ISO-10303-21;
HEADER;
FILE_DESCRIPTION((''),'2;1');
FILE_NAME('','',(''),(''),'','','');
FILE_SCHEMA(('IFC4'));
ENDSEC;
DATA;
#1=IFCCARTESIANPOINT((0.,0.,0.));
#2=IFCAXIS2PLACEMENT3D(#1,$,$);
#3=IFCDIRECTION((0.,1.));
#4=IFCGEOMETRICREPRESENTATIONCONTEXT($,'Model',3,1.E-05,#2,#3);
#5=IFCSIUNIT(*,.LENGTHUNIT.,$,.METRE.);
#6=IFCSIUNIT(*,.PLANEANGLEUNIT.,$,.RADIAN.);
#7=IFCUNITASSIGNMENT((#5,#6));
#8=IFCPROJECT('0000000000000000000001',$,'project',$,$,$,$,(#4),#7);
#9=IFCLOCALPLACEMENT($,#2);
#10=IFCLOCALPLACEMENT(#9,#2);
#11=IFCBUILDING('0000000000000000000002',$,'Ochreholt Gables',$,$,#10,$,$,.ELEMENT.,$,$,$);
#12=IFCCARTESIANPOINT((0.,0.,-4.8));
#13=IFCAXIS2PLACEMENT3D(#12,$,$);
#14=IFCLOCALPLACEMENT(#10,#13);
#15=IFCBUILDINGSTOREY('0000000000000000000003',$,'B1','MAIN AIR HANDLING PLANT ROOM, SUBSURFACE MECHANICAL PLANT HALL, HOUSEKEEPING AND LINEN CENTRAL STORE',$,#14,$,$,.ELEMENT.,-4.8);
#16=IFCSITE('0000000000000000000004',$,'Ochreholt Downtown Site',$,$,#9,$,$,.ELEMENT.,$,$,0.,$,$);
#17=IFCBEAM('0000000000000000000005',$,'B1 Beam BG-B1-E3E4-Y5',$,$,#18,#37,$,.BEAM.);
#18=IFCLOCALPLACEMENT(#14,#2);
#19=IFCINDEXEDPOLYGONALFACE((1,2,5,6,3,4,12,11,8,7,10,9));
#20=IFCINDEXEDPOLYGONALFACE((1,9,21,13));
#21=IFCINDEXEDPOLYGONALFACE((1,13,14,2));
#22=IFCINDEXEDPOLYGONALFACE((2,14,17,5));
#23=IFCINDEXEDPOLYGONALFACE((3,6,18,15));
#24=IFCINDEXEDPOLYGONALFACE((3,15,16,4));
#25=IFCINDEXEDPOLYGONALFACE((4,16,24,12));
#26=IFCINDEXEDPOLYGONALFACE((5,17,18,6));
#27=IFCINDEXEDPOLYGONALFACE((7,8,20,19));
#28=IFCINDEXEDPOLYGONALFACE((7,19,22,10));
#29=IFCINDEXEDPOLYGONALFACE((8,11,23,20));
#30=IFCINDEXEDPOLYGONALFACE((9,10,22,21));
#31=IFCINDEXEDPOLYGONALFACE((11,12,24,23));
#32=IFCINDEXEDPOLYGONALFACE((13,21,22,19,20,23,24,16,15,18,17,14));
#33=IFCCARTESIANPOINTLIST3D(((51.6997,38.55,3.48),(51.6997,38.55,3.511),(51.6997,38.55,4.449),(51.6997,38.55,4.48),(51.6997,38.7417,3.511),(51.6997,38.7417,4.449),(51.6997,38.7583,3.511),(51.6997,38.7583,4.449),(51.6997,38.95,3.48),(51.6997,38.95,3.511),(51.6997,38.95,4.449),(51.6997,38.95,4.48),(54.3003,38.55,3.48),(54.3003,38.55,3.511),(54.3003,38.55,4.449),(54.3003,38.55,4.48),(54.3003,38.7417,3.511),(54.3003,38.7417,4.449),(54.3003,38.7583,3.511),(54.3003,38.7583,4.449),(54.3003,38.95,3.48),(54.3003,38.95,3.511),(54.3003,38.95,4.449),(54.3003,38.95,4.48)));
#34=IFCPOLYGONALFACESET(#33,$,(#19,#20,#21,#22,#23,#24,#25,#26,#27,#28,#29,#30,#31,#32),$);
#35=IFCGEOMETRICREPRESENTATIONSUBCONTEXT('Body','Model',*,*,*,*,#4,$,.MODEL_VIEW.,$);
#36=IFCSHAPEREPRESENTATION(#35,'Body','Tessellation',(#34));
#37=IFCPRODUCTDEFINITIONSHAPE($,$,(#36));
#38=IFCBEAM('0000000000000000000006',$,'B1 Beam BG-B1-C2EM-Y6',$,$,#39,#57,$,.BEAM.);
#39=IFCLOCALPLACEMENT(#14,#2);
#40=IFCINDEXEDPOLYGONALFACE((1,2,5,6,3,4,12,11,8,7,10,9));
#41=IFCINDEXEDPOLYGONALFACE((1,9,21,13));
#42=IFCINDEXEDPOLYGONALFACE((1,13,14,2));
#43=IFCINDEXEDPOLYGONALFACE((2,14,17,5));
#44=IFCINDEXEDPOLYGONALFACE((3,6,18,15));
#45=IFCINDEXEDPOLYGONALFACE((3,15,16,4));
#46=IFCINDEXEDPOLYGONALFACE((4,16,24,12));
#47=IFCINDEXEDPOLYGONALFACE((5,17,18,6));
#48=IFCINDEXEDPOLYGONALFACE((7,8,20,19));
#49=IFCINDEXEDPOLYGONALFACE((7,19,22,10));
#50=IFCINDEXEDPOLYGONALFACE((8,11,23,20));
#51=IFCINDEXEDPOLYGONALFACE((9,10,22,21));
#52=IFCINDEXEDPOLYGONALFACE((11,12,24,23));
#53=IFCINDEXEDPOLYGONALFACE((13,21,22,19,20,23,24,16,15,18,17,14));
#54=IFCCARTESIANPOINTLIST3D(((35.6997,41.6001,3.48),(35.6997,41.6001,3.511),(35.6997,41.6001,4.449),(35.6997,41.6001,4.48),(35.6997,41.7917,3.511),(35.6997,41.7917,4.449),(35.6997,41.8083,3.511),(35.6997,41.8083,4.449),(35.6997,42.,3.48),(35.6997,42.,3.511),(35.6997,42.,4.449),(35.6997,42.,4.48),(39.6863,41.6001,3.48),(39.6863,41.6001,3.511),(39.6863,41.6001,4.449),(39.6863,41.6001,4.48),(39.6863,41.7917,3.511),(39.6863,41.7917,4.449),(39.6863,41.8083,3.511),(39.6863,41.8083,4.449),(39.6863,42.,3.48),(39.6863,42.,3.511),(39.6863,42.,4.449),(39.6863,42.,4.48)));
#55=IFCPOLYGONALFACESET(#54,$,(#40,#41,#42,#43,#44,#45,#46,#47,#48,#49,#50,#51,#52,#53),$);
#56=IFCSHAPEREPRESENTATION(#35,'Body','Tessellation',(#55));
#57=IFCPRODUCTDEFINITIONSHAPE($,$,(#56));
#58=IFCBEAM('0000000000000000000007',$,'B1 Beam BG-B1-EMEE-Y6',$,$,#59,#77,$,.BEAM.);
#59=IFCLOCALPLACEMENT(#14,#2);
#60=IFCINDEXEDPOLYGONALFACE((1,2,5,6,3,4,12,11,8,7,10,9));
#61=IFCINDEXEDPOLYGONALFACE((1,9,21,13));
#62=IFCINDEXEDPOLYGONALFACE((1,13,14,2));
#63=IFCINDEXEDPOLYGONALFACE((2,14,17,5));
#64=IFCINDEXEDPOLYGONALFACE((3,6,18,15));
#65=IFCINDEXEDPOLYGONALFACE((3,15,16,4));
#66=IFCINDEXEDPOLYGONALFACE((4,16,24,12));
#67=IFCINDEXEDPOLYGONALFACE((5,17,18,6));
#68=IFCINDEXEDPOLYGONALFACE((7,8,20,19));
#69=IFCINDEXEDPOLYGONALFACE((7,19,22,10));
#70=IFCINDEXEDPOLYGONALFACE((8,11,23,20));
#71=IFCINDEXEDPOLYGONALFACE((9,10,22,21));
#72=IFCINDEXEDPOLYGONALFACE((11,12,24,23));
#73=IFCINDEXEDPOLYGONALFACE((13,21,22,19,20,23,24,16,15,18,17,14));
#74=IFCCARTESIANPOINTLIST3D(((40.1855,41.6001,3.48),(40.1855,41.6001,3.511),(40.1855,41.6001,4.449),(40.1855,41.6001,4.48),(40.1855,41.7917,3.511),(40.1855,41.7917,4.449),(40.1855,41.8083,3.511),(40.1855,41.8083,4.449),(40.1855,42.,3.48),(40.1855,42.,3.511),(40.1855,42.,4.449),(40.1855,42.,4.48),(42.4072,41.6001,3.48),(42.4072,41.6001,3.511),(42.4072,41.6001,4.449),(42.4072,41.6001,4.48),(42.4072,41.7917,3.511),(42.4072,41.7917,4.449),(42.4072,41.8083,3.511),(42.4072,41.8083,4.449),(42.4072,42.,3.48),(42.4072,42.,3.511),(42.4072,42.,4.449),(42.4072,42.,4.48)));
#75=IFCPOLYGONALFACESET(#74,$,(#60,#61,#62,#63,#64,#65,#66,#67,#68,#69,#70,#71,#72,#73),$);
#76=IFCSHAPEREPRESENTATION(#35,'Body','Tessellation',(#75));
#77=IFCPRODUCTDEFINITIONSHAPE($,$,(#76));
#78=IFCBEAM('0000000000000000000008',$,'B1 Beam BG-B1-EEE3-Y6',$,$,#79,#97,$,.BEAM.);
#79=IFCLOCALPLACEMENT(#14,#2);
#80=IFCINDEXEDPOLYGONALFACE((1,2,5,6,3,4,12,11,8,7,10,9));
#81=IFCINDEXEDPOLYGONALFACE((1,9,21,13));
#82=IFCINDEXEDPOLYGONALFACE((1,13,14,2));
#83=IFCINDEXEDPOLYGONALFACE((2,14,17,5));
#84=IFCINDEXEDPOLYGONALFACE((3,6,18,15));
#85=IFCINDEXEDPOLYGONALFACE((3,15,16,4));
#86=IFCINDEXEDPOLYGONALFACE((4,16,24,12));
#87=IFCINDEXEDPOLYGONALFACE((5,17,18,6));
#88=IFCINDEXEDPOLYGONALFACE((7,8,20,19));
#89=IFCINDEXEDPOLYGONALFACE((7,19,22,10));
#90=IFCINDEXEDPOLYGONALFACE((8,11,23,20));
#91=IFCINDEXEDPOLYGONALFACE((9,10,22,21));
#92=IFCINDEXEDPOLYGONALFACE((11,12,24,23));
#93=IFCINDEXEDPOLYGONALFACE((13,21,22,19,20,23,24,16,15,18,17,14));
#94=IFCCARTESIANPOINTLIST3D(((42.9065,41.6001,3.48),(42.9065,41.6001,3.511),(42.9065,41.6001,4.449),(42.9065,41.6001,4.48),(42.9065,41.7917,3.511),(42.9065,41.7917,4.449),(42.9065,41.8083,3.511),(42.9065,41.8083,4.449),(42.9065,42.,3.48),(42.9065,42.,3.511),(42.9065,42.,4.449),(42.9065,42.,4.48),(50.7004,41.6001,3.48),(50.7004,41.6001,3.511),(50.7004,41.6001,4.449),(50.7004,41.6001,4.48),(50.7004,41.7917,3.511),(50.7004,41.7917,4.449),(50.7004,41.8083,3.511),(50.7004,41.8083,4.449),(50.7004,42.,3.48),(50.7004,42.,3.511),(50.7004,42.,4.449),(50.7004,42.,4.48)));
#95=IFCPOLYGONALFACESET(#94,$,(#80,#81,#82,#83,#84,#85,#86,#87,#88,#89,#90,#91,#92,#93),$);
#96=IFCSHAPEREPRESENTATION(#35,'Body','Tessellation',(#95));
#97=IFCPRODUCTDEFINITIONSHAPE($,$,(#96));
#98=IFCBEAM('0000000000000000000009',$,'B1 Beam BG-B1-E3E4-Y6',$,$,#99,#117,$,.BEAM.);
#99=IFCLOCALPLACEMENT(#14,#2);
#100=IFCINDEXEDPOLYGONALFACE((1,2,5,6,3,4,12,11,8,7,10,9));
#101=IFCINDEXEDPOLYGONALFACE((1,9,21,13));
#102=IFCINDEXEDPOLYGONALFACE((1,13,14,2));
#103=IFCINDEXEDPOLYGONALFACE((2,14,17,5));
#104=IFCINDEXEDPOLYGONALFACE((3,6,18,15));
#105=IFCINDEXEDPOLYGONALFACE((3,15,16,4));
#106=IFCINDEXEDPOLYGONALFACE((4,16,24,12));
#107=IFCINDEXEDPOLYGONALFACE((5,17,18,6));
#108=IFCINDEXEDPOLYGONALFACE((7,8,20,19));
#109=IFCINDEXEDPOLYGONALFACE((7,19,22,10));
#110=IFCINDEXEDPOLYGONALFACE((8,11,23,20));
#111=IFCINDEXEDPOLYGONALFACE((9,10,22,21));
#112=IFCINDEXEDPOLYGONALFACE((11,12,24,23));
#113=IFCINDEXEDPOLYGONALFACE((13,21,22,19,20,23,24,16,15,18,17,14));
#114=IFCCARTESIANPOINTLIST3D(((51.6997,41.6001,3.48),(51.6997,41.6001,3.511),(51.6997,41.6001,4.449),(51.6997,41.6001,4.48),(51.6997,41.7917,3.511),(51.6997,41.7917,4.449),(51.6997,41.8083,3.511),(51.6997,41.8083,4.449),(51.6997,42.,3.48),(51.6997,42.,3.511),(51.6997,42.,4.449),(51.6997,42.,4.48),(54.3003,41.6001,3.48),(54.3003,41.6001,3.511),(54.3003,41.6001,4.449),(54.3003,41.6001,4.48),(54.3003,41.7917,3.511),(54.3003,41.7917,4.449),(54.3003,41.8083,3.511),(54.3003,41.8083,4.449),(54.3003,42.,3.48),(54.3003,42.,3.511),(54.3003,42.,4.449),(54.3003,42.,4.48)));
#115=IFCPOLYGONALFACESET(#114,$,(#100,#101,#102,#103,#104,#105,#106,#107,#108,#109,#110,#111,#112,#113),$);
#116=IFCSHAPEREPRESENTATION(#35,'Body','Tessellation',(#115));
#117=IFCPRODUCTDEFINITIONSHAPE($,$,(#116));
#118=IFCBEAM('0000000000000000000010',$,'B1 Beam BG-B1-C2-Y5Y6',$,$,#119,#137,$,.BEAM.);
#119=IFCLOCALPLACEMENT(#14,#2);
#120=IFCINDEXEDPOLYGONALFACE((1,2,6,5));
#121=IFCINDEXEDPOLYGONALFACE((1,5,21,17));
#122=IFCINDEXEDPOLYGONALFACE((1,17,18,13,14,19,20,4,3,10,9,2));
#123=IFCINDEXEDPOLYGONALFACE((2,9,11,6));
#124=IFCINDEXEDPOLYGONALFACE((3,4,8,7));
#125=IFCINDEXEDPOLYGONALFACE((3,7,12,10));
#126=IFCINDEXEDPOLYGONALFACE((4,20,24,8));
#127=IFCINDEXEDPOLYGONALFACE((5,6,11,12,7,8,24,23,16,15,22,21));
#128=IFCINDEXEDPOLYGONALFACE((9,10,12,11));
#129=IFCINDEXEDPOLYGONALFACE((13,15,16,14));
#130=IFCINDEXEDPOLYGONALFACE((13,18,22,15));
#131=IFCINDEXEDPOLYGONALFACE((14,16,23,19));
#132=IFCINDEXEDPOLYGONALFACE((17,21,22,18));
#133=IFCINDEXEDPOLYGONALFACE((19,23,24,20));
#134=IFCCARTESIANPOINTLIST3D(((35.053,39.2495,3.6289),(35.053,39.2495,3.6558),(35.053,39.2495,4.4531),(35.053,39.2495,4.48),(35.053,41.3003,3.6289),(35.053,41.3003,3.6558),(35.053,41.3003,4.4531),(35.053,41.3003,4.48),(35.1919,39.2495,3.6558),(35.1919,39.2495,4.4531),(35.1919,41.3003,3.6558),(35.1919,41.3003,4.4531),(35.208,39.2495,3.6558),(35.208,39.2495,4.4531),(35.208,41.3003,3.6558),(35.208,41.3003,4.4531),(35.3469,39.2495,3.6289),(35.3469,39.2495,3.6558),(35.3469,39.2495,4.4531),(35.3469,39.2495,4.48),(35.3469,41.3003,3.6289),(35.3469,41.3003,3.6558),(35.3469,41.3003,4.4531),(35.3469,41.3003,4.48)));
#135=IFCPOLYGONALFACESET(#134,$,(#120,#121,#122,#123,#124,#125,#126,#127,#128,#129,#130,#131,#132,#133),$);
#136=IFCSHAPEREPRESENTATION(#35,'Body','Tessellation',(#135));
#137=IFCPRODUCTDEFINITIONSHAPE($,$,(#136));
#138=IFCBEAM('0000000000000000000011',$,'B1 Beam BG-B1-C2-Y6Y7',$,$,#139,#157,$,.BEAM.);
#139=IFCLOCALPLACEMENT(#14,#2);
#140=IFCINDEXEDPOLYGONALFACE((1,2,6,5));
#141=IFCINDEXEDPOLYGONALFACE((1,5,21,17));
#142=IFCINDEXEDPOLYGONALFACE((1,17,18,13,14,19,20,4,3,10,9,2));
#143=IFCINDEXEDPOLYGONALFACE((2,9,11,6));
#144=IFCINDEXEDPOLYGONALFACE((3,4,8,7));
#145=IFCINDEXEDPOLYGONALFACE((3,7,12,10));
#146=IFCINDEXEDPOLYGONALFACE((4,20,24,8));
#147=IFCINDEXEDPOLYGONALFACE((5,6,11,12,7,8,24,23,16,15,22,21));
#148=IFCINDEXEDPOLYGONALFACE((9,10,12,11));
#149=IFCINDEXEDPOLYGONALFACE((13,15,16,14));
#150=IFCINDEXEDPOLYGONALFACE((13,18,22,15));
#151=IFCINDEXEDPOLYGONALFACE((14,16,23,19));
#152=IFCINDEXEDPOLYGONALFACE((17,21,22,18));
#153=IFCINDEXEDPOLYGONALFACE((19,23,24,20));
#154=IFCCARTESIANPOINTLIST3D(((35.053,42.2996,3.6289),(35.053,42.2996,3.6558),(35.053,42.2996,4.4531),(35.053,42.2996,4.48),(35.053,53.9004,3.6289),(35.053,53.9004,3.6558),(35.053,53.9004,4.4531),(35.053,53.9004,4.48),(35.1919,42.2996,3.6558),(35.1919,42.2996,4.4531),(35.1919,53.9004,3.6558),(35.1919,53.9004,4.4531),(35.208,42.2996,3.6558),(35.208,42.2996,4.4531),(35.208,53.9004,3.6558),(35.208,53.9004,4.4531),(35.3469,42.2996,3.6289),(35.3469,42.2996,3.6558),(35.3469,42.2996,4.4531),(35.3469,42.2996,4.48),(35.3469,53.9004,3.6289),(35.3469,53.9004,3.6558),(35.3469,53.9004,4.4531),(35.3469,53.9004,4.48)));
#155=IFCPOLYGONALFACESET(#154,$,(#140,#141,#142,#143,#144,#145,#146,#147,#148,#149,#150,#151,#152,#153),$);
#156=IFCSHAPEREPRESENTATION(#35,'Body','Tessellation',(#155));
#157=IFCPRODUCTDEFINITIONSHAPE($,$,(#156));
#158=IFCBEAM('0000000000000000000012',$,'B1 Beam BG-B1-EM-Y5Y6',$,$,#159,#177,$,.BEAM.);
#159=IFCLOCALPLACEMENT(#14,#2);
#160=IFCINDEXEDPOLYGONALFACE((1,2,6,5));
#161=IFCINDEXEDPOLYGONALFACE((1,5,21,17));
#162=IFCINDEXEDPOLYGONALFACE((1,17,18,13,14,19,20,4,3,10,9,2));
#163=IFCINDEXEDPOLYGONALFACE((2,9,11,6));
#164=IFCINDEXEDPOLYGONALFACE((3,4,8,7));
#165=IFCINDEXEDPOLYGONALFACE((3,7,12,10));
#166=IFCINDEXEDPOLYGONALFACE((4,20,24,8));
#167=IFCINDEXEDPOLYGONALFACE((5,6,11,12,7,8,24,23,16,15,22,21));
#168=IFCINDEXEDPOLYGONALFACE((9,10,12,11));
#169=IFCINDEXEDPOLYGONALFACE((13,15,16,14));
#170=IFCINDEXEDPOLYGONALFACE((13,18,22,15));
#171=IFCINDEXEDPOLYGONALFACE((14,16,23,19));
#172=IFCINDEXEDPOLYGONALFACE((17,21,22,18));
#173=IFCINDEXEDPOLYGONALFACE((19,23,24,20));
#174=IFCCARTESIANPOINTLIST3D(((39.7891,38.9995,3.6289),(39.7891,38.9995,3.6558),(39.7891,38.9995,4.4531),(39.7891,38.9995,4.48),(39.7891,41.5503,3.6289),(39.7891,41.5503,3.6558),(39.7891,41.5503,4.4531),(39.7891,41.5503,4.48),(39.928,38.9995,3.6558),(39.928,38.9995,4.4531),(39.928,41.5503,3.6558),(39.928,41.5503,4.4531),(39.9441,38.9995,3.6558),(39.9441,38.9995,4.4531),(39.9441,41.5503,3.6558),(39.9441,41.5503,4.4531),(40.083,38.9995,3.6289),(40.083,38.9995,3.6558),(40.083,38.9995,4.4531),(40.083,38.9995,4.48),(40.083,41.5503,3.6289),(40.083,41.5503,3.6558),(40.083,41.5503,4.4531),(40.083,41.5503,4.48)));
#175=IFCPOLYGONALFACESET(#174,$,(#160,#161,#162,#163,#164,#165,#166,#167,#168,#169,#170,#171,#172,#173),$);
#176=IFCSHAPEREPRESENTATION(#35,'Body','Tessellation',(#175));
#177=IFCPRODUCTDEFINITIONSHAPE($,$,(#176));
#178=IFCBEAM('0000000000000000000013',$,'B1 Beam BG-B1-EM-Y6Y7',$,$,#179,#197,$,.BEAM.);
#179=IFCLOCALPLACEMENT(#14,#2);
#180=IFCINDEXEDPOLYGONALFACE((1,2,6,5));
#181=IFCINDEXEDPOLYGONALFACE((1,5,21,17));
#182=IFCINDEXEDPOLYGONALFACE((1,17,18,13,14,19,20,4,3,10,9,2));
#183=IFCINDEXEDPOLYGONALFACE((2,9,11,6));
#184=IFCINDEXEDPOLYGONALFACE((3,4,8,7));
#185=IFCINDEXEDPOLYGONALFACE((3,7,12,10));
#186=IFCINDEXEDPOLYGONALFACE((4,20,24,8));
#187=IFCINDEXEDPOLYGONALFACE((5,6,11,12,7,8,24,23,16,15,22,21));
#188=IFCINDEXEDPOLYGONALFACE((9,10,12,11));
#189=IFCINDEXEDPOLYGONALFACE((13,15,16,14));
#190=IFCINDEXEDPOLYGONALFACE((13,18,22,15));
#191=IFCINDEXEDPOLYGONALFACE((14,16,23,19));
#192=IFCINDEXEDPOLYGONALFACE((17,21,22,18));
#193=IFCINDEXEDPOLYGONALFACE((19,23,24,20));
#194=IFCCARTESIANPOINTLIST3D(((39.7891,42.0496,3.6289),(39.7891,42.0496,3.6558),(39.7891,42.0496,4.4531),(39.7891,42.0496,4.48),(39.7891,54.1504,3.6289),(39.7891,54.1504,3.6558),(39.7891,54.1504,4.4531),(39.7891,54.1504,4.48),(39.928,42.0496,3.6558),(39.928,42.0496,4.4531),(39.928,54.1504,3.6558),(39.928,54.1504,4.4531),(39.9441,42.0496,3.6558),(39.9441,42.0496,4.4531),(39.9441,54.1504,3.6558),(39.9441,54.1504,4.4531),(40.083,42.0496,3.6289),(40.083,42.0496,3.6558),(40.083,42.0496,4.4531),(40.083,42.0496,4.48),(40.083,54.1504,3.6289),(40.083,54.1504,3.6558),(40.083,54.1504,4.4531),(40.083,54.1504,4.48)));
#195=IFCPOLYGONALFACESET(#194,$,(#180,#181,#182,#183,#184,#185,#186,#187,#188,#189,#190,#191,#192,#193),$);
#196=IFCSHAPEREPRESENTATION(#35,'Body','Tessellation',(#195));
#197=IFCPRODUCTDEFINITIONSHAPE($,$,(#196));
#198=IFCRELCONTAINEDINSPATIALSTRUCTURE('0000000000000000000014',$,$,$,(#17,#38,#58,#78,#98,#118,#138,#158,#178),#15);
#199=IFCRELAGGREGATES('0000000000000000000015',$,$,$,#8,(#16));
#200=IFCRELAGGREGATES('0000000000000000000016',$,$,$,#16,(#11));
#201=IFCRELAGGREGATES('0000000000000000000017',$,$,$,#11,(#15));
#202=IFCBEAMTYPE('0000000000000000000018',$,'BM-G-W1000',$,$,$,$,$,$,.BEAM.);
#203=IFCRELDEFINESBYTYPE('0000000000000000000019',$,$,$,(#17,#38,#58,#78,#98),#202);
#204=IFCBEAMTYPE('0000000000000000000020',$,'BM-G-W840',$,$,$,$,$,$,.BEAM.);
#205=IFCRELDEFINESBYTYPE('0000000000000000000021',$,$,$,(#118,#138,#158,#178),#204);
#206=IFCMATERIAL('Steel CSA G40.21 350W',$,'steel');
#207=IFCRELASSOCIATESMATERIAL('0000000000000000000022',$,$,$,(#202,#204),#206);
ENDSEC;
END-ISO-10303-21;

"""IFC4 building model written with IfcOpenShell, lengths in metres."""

from ifc_helpers import new_model, si_unit, direction, frame, origin, origin_2d, place, context, subcontext, project, spatial, i_section, extrude, material, material_profile, profile_set, type_object, element, save


model = new_model("IFC4")

# Units and contexts
model_context = context("Model", 3, precision=1e-05, world=origin(), true_north=direction((0.0, 1.0)))
body_context = subcontext(model_context, "Body", "Model", "MODEL_VIEW")
ifc_project = project(units=[si_unit("LENGTHUNIT", "METRE"), si_unit("PLANEANGLEUNIT", "RADIAN")], contexts=[model_context])

# Site, building, storey
site_placement = place(None, origin())
site = spatial("IfcSite", under=ifc_project, at=site_placement, Name="Ochreholt Downtown Site", CompositionType="ELEMENT", RefElevation=0.0)
building_placement = place(site_placement, origin())
building = spatial("IfcBuilding", under=site, at=building_placement, Name="Ochreholt Gables", CompositionType="ELEMENT")
storey_placement = place(building_placement, frame((0.0, 0.0, -4.8)))
storey = spatial("IfcBuildingStorey", under=building, at=storey_placement, Name="B1", Description="MAIN AIR HANDLING PLANT ROOM, SUBSURFACE MECHANICAL PLANT HALL, HOUSEKEEPING AND LINEN CENTRAL STORE", CompositionType="ELEMENT", Elevation=-4.8)

# Shared definitions
ifc_material_1 = material(Name="Steel CSA G40.21 350W", Category="steel")

# Beams
ifc_material_profile_1 = material_profile(ifc_material_1, i_section(OverallWidth=0.3999, OverallDepth=1.0, WebThickness=0.0166, FlangeThickness=0.031, at=origin_2d()), Name="W1000X321")
ifc_profile_set_1 = profile_set([ifc_material_profile_1], Name="Steel CSA G40.21 350W")
beam_type_1 = type_object("IfcBeamType", Name="BM-G-W1000", PredefinedType="BEAM", material=ifc_profile_set_1)
beam_1_placement = place(storey_placement, frame((51.6997, 38.75, 3.98), z_axis=(1.0, 0.0, 0.0), x_axis=(0.0, 1.0, 0.0)))
element("IfcBeam", 1, at=beam_1_placement, inside=storey, type_object=beam_type_1, Name="B1 Beam BG-B1-E3E4-Y5", PredefinedType="BEAM", context=body_context, shape_type="SweptSolid", body=[
    extrude(i_section(OverallWidth=0.3999, OverallDepth=1.0, WebThickness=0.0166, FlangeThickness=0.031, at=origin_2d()), origin(), (0.0, 0.0, 1.0), 2.6006),
])
beam_2_placement = place(storey_placement, frame((35.6997, 41.8, 3.98), z_axis=(1.0, 0.0, 0.0), x_axis=(0.0, 1.0, 0.0)))
element("IfcBeam", 2, at=beam_2_placement, inside=storey, type_object=beam_type_1, Name="B1 Beam BG-B1-C2EM-Y6", PredefinedType="BEAM", context=body_context, shape_type="SweptSolid", body=[
    extrude(i_section(OverallWidth=0.3999, OverallDepth=1.0, WebThickness=0.0166, FlangeThickness=0.031, at=origin_2d()), origin(), (0.0, 0.0, 1.0), 3.9866),
])
beam_3_placement = place(storey_placement, frame((40.1855, 41.8, 3.98), z_axis=(1.0, 0.0, 0.0), x_axis=(0.0, 1.0, 0.0)))
element("IfcBeam", 3, at=beam_3_placement, inside=storey, type_object=beam_type_1, Name="B1 Beam BG-B1-EMEE-Y6", PredefinedType="BEAM", context=body_context, shape_type="SweptSolid", body=[
    extrude(i_section(OverallWidth=0.3999, OverallDepth=1.0, WebThickness=0.0166, FlangeThickness=0.031, at=origin_2d()), origin(), (0.0, 0.0, 1.0), 2.2217),
])
beam_4_placement = place(storey_placement, frame((42.9065, 41.8, 3.98), z_axis=(1.0, 0.0, 0.0), x_axis=(0.0, 1.0, 0.0)))
element("IfcBeam", 4, at=beam_4_placement, inside=storey, type_object=beam_type_1, Name="B1 Beam BG-B1-EEE3-Y6", PredefinedType="BEAM", context=body_context, shape_type="SweptSolid", body=[
    extrude(i_section(OverallWidth=0.3999, OverallDepth=1.0, WebThickness=0.0166, FlangeThickness=0.031, at=origin_2d()), origin(), (0.0, 0.0, 1.0), 7.7939),
])
beam_5_placement = place(storey_placement, frame((51.6997, 41.8, 3.98), z_axis=(1.0, 0.0, 0.0), x_axis=(0.0, 1.0, 0.0)))
element("IfcBeam", 5, at=beam_5_placement, inside=storey, type_object=beam_type_1, Name="B1 Beam BG-B1-E3E4-Y6", PredefinedType="BEAM", context=body_context, shape_type="SweptSolid", body=[
    extrude(i_section(OverallWidth=0.3999, OverallDepth=1.0, WebThickness=0.0166, FlangeThickness=0.031, at=origin_2d()), origin(), (0.0, 0.0, 1.0), 2.6006),
])
ifc_material_profile_2 = material_profile(ifc_material_1, i_section(OverallWidth=0.2939, OverallDepth=0.8511, WebThickness=0.0161, FlangeThickness=0.0269, at=origin_2d()), Name="W840X226")
ifc_profile_set_2 = profile_set([ifc_material_profile_2], Name="Steel CSA G40.21 350W")
beam_type_2 = type_object("IfcBeamType", Name="BM-G-W840", PredefinedType="BEAM", material=ifc_profile_set_2)
beam_6_placement = place(storey_placement, frame((35.2, 39.2495, 4.0544), z_axis=(0.0, 1.0, 0.0), x_axis=(-1.0, 0.0, 0.0)))
element("IfcBeam", 6, at=beam_6_placement, inside=storey, type_object=beam_type_2, Name="B1 Beam BG-B1-C2-Y5Y6", PredefinedType="BEAM", context=body_context, shape_type="SweptSolid", body=[
    extrude(i_section(OverallWidth=0.2939, OverallDepth=0.8511, WebThickness=0.0161, FlangeThickness=0.0269, at=origin_2d()), origin(), (0.0, 0.0, 1.0), 2.0508),
])
beam_7_placement = place(storey_placement, frame((35.2, 42.2996, 4.0544), z_axis=(0.0, 1.0, 0.0), x_axis=(-1.0, 0.0, 0.0)))
element("IfcBeam", 7, at=beam_7_placement, inside=storey, type_object=beam_type_2, Name="B1 Beam BG-B1-C2-Y6Y7", PredefinedType="BEAM", context=body_context, shape_type="SweptSolid", body=[
    extrude(i_section(OverallWidth=0.2939, OverallDepth=0.8511, WebThickness=0.0161, FlangeThickness=0.0269, at=origin_2d()), origin(), (0.0, 0.0, 1.0), 11.6008),
])
beam_8_placement = place(storey_placement, frame((39.936, 38.9995, 4.0544), z_axis=(0.0, 1.0, 0.0), x_axis=(-1.0, 0.0, 0.0)))
element("IfcBeam", 8, at=beam_8_placement, inside=storey, type_object=beam_type_2, Name="B1 Beam BG-B1-EM-Y5Y6", PredefinedType="BEAM", context=body_context, shape_type="SweptSolid", body=[
    extrude(i_section(OverallWidth=0.2939, OverallDepth=0.8511, WebThickness=0.0161, FlangeThickness=0.0269, at=origin_2d()), origin(), (0.0, 0.0, 1.0), 2.5508),
])
beam_9_placement = place(storey_placement, frame((39.936, 42.0496, 4.0544), z_axis=(0.0, 1.0, 0.0), x_axis=(-1.0, 0.0, 0.0)))
element("IfcBeam", 9, at=beam_9_placement, inside=storey, type_object=beam_type_2, Name="B1 Beam BG-B1-EM-Y6Y7", PredefinedType="BEAM", context=body_context, shape_type="SweptSolid", body=[
    extrude(i_section(OverallWidth=0.2939, OverallDepth=0.8511, WebThickness=0.0161, FlangeThickness=0.0269, at=origin_2d()), origin(), (0.0, 0.0, 1.0), 12.1008),
])

save(model, "model.ifc")
